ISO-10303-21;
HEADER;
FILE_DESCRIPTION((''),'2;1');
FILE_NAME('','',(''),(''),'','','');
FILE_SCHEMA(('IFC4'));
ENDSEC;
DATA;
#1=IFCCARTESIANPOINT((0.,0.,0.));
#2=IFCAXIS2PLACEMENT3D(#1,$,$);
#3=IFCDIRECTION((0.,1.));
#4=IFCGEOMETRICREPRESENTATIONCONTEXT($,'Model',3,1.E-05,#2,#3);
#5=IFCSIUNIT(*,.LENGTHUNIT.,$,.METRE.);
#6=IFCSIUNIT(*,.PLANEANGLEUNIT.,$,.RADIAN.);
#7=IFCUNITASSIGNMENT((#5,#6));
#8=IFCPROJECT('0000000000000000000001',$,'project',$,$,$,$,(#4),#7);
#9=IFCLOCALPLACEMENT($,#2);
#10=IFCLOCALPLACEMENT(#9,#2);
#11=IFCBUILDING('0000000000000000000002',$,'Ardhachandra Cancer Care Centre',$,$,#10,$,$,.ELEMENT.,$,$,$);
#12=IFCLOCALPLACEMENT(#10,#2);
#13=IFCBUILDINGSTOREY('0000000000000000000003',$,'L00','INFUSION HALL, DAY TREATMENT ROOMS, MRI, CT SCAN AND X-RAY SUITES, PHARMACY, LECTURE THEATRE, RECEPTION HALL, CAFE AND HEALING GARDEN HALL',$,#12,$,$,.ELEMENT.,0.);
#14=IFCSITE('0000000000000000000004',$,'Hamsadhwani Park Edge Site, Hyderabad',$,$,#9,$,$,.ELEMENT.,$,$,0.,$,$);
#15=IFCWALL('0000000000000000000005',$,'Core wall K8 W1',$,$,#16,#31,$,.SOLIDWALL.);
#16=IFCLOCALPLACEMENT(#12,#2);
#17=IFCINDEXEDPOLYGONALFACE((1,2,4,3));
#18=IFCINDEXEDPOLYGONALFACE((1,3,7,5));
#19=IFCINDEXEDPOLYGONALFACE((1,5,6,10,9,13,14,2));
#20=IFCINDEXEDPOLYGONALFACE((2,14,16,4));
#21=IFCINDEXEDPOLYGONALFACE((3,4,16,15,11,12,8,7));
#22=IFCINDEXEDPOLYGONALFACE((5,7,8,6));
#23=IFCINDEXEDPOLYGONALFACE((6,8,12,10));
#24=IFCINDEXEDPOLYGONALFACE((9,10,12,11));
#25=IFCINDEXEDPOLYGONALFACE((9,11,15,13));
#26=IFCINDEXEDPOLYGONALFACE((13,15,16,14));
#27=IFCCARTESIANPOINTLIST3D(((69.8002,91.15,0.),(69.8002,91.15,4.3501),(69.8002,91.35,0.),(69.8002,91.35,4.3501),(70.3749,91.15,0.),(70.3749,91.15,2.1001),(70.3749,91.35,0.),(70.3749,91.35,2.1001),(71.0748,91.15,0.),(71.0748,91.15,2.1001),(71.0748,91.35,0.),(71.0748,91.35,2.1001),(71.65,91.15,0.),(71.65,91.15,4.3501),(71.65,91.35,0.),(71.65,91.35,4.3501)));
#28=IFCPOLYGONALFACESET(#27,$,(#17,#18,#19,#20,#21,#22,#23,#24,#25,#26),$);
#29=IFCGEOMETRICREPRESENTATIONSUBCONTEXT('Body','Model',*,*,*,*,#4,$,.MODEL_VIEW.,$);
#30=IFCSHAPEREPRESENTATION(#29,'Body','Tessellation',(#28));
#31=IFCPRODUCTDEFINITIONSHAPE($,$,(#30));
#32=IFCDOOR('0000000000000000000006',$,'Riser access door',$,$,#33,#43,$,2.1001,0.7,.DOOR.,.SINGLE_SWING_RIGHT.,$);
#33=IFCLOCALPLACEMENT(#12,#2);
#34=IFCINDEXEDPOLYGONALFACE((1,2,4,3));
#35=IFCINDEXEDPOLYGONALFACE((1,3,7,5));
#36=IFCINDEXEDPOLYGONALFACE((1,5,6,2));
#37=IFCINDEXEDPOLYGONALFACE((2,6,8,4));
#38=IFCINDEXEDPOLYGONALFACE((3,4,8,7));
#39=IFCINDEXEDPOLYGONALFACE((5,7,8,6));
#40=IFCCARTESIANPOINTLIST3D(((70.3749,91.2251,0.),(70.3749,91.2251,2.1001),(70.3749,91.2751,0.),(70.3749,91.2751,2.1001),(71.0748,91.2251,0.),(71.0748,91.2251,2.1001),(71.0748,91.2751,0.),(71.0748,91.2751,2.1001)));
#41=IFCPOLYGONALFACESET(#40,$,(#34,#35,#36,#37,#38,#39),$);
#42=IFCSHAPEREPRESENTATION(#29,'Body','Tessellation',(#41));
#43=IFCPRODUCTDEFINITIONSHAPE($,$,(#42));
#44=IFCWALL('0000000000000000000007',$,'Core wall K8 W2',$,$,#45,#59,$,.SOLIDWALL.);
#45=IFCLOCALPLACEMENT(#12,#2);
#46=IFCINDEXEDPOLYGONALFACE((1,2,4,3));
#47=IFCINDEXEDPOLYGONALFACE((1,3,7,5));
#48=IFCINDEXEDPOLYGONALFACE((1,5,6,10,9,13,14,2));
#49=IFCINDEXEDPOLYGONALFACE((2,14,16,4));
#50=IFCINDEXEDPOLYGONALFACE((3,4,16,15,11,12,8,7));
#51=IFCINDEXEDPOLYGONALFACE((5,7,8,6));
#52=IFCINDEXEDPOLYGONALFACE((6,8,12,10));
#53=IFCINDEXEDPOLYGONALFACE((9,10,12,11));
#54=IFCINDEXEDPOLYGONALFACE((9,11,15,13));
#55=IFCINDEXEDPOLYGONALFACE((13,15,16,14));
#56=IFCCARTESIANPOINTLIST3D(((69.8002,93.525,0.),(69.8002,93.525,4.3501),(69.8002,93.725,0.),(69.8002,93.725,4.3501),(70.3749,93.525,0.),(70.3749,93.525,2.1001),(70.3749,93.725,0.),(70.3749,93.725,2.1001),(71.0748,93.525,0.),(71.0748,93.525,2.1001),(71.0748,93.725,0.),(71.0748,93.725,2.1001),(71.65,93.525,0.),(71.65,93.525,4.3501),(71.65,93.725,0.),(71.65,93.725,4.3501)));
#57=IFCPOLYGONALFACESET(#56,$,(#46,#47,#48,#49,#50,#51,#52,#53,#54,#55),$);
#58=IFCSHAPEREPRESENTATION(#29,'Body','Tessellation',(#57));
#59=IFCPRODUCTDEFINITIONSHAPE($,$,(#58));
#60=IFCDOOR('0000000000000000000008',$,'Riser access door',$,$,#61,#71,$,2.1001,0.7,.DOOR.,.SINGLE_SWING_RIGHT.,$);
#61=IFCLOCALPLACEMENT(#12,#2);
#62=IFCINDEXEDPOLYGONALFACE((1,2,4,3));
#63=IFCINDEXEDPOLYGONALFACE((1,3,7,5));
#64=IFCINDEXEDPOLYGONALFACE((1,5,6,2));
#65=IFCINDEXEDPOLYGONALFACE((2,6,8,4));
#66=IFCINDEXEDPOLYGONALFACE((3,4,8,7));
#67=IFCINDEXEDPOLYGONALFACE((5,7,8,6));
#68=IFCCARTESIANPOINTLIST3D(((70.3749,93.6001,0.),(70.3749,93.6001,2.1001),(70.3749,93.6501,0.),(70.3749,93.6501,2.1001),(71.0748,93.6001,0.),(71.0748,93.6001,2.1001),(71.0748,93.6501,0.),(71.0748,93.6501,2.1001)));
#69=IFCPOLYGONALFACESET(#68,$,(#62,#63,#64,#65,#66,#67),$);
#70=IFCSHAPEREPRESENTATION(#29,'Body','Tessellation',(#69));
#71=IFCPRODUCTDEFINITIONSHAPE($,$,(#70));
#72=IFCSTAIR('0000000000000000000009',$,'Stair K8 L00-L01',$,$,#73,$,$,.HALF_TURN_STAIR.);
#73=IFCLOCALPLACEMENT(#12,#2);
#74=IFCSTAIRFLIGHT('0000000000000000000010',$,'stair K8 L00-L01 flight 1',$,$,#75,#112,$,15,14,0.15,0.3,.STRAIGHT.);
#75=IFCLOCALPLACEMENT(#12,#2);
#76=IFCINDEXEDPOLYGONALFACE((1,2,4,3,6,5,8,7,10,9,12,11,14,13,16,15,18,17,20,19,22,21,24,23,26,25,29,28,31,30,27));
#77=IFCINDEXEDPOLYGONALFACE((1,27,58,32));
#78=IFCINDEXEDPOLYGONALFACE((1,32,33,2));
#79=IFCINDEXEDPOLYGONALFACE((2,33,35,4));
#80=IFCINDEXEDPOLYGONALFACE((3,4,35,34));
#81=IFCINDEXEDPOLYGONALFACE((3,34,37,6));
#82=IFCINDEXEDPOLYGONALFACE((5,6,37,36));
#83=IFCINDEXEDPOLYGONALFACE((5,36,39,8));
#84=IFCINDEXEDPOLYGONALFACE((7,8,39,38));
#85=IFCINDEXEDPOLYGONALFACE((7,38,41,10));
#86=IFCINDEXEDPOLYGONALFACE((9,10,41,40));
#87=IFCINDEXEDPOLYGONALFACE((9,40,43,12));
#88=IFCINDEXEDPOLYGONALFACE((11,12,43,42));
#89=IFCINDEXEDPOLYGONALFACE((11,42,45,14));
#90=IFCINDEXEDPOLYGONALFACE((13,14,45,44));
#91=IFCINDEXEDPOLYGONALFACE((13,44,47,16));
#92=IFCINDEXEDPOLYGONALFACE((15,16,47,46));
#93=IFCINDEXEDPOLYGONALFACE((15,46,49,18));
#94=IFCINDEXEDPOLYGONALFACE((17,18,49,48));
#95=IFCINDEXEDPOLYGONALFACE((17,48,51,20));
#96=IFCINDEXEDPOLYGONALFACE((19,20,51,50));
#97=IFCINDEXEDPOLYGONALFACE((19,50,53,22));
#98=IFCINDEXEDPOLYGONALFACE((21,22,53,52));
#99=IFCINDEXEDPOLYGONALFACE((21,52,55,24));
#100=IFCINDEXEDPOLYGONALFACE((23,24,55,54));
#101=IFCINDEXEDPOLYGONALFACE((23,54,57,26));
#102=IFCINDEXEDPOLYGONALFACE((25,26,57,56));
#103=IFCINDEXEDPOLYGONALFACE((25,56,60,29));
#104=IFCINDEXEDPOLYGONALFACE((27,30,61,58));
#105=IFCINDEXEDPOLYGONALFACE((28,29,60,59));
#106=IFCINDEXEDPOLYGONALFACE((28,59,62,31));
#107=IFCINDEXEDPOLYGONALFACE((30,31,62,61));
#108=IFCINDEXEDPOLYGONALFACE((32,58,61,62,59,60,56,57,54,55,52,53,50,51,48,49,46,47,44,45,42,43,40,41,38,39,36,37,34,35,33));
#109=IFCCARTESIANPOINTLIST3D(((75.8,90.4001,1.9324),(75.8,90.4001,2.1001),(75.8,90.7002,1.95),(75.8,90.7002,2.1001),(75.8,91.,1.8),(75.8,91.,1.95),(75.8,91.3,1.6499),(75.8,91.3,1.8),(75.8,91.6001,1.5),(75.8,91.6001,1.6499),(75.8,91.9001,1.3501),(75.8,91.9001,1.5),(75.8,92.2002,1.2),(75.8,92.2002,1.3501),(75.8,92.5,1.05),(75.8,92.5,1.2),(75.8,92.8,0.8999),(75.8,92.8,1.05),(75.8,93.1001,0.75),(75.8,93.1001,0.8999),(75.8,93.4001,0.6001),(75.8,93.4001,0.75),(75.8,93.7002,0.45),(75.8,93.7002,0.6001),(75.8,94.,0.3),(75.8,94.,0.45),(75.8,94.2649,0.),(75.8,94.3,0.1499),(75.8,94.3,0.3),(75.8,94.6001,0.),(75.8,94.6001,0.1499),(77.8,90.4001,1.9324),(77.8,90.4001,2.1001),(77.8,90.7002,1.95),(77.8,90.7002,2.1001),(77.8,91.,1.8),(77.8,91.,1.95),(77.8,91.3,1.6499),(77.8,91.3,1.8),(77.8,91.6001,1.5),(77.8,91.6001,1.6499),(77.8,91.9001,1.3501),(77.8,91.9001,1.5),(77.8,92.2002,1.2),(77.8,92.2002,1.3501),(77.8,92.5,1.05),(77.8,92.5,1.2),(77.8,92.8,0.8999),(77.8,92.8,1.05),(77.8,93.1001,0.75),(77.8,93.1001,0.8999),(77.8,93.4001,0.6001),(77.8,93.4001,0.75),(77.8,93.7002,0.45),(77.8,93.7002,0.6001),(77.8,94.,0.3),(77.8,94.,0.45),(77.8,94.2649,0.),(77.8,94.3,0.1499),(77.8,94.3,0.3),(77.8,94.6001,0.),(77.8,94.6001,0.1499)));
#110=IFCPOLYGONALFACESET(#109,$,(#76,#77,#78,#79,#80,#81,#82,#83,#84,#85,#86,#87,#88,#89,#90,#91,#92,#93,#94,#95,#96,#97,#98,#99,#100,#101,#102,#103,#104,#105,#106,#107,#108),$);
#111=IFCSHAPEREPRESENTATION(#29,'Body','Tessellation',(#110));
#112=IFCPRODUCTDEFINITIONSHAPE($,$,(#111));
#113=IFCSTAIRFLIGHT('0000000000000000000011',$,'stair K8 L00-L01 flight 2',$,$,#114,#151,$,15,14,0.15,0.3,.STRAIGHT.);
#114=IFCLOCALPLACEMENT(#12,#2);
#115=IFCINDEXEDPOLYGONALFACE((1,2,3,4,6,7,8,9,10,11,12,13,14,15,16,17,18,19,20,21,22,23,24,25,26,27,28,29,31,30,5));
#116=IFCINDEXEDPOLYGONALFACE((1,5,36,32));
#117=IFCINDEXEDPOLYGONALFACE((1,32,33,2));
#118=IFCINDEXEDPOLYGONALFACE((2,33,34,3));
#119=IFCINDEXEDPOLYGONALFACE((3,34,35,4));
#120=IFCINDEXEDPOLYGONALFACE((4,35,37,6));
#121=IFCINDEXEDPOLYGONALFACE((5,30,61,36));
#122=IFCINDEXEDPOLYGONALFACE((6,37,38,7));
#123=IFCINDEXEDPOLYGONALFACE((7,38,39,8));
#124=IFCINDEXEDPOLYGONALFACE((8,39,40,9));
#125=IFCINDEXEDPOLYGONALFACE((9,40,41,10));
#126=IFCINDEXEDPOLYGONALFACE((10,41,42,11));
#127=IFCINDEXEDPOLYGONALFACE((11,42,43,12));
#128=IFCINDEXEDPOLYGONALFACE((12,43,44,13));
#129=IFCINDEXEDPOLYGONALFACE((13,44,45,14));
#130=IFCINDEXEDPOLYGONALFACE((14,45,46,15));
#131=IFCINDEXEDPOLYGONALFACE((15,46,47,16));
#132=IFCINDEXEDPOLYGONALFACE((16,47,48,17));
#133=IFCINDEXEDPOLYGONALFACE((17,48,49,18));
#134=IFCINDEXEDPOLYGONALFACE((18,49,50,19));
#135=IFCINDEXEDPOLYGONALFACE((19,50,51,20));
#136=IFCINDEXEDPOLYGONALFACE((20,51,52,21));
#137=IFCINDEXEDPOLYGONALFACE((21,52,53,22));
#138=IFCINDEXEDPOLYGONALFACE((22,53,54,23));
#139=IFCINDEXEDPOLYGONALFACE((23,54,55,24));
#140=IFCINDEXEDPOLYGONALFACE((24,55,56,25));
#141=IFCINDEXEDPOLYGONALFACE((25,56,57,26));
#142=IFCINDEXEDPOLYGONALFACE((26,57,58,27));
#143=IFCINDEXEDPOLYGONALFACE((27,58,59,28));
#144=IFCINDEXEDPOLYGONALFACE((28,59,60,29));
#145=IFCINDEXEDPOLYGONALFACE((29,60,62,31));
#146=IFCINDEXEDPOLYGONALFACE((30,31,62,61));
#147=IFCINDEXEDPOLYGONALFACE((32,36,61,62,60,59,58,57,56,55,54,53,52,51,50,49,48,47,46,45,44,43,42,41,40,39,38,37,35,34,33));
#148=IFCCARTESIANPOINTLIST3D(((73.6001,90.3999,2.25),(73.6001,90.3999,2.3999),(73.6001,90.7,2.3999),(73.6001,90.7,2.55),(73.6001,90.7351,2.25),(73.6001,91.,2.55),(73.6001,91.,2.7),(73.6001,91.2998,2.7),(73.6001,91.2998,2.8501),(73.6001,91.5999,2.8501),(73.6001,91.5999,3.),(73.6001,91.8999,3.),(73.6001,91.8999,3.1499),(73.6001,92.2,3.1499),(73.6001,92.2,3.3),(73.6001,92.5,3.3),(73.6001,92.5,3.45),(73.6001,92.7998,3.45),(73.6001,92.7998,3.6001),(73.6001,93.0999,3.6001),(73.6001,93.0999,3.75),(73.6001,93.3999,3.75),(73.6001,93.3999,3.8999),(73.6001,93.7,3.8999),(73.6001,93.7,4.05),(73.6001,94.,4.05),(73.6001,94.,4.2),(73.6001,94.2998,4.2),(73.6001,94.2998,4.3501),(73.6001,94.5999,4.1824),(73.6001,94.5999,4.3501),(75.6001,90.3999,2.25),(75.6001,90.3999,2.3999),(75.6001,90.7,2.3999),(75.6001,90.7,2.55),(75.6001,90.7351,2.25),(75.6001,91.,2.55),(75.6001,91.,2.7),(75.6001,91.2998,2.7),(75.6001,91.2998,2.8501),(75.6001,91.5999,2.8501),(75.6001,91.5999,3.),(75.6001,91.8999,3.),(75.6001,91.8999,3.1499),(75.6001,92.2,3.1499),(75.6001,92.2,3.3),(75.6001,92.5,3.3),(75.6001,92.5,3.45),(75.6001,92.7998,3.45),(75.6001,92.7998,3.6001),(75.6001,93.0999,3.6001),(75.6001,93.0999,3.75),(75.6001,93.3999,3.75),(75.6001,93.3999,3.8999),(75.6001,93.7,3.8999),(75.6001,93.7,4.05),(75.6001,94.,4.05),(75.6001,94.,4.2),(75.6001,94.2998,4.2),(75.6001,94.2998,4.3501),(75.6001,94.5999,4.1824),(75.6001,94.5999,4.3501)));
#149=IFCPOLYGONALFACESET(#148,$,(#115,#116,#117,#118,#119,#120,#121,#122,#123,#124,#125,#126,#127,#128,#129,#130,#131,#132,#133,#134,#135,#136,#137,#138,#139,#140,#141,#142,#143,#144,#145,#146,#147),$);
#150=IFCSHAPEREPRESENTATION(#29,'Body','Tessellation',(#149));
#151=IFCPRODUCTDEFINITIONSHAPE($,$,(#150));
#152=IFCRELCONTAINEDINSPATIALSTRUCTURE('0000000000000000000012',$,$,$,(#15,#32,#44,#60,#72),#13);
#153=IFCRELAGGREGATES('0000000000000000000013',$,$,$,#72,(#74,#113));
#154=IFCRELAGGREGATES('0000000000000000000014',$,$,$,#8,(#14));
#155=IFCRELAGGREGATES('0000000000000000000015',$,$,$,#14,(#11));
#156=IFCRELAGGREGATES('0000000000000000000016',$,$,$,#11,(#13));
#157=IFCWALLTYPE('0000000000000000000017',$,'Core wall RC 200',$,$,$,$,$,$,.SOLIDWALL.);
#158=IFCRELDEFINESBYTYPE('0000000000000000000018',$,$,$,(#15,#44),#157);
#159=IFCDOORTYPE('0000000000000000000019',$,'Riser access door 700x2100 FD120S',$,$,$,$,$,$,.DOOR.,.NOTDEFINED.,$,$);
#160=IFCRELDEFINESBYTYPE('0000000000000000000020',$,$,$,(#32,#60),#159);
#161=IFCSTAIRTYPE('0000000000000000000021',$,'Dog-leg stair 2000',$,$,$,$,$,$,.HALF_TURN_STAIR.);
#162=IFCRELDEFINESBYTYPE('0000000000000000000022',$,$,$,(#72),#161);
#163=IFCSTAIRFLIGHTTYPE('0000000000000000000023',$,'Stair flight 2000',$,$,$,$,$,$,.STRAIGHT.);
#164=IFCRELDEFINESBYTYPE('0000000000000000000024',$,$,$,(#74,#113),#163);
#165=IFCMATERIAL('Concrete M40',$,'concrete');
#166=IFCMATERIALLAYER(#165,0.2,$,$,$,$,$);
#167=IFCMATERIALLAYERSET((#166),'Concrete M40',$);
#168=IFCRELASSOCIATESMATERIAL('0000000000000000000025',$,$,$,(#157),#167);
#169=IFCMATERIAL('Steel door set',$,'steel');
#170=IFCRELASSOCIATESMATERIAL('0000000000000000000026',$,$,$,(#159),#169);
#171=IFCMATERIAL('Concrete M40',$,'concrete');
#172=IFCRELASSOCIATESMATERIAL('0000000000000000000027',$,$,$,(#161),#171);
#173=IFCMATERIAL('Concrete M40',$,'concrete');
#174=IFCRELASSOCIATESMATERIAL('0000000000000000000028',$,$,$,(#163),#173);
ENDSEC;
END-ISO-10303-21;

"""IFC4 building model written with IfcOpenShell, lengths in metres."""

from ifc_helpers import new_model, si_unit, direction, frame, frame_2d, origin, place, context, subcontext, project, spatial, polyline, rectangle, outline, extrude, material, layer, layer_set, type_object, element, fill, aggregate, save


model = new_model("IFC4")

# Units and contexts
model_context = context("Model", 3, precision=1e-05, world=origin(), true_north=direction((0.0, 1.0)))
body_context = subcontext(model_context, "Body", "Model", "MODEL_VIEW")
ifc_project = project(units=[si_unit("LENGTHUNIT", "METRE"), si_unit("PLANEANGLEUNIT", "RADIAN")], contexts=[model_context])

# Site, building, storey
site_placement = place(None, origin())
site = spatial("IfcSite", under=ifc_project, at=site_placement, Name="Hamsadhwani Park Edge Site, Hyderabad", CompositionType="ELEMENT", RefElevation=0.0)
building_placement = place(site_placement, origin())
building = spatial("IfcBuilding", under=site, at=building_placement, Name="Ardhachandra Cancer Care Centre", CompositionType="ELEMENT")
storey_placement = place(building_placement, origin())
storey = spatial("IfcBuildingStorey", under=building, at=storey_placement, Name="L00", Description="INFUSION HALL, DAY TREATMENT ROOMS, MRI, CT SCAN AND X-RAY SUITES, PHARMACY, LECTURE THEATRE, RECEPTION HALL, CAFE AND HEALING GARDEN HALL", CompositionType="ELEMENT", Elevation=0.0)

# Shared definitions
ifc_material_1 = material(Name="Concrete M40", Category="concrete")
ifc_layer_1 = layer(ifc_material_1, 0.2)
ifc_layer_set_1 = layer_set([ifc_layer_1], Name="Concrete M40")
wall_type_1 = type_object("IfcWallType", Name="Core wall RC 200", PredefinedType="SOLIDWALL", material=ifc_layer_set_1)

# Walls, openings, doors
wall_1_placement = place(storey_placement, frame((71.6499, 91.25, 0.0), z_axis=(0.0, 0.0, 1.0), x_axis=(-1.0, 0.0, 0.0)))
wall_1 = element("IfcWall", 1, at=wall_1_placement, inside=storey, type_object=wall_type_1, Name="Core wall K8 W1", PredefinedType="SOLIDWALL", context=body_context, shape_type="SweptSolid", body=[
    extrude(rectangle(XDim=1.8499, YDim=0.2, at=frame_2d((0.9248, 0.0))), origin(), (0.0, 0.0, 1.0), 4.3501),
])
opening_1_placement = place(wall_1_placement, frame((0.575, 0.0, 0.0)))
opening_1 = element("IfcOpeningElement", 2, at=opening_1_placement, cuts=wall_1, PredefinedType="OPENING", context=body_context, shape_type="SweptSolid", body=[
    extrude(rectangle(XDim=0.7, YDim=2.1001, at=frame_2d((0.3501, 1.05))), frame((0.0, 0.1099, 0.0), z_axis=(0.0, -1.0, 0.0), x_axis=(1.0, 0.0, 0.0)), (0.0, 0.0, 1.0), 0.22),
])
ifc_material_2 = material(Name="Steel door set", Category="steel")
door_type_1 = type_object("IfcDoorType", Name="Riser access door 700x2100 FD120S", OperationType="NOTDEFINED", PredefinedType="DOOR", material=ifc_material_2)
door_1_placement = place(opening_1_placement, origin())
door_1 = element("IfcDoor", 3, at=door_1_placement, inside=storey, type_object=door_type_1, Name="Riser access door", OperationType="SINGLE_SWING_RIGHT", OverallHeight=2.1001, OverallWidth=0.7, PredefinedType="DOOR", context=body_context, shape_type="SweptSolid", body=[
    extrude(rectangle(XDim=0.7, YDim=2.1001, at=frame_2d((0.3501, 1.05))), frame((0.0, 0.0249, 0.0), z_axis=(0.0, -1.0, 0.0), x_axis=(1.0, 0.0, 0.0)), (0.0, 0.0, 1.0), 0.05),
])
fill(opening_1, door_1)
wall_2_placement = place(storey_placement, frame((71.6499, 93.625, 0.0), z_axis=(0.0, 0.0, 1.0), x_axis=(-1.0, 0.0, 0.0)))
wall_2 = element("IfcWall", 4, at=wall_2_placement, inside=storey, type_object=wall_type_1, Name="Core wall K8 W2", PredefinedType="SOLIDWALL", context=body_context, shape_type="SweptSolid", body=[
    extrude(rectangle(XDim=1.8499, YDim=0.2, at=frame_2d((0.9248, 0.0))), origin(), (0.0, 0.0, 1.0), 4.3501),
])
opening_2_placement = place(wall_2_placement, frame((0.575, 0.0, 0.0)))
opening_2 = element("IfcOpeningElement", 5, at=opening_2_placement, cuts=wall_2, PredefinedType="OPENING", context=body_context, shape_type="SweptSolid", body=[
    extrude(rectangle(XDim=0.7, YDim=2.1001, at=frame_2d((0.3501, 1.05))), frame((0.0, 0.1099, 0.0), z_axis=(0.0, -1.0, 0.0), x_axis=(1.0, 0.0, 0.0)), (0.0, 0.0, 1.0), 0.22),
])
door_2_placement = place(opening_2_placement, origin())
door_2 = element("IfcDoor", 6, at=door_2_placement, inside=storey, type_object=door_type_1, Name="Riser access door", OperationType="SINGLE_SWING_RIGHT", OverallHeight=2.1001, OverallWidth=0.7, PredefinedType="DOOR", context=body_context, shape_type="SweptSolid", body=[
    extrude(rectangle(XDim=0.7, YDim=2.1001, at=frame_2d((0.3501, 1.05))), frame((0.0, 0.0249, 0.0), z_axis=(0.0, -1.0, 0.0), x_axis=(1.0, 0.0, 0.0)), (0.0, 0.0, 1.0), 0.05),
])
fill(opening_2, door_2)

# Stair, stair flights
ifc_material_3 = material(Name="Concrete M40", Category="concrete")
stair_type = type_object("IfcStairType", Name="Dog-leg stair 2000", PredefinedType="HALF_TURN_STAIR", material=ifc_material_3)
stair_placement = place(storey_placement, origin())
stair = element("IfcStair", 7, at=stair_placement, inside=storey, type_object=stair_type, Name="Stair K8 L00-L01", PredefinedType="HALF_TURN_STAIR")
ifc_material_4 = material(Name="Concrete M40", Category="concrete")
stair_flight_type = type_object("IfcStairFlightType", Name="Stair flight 2000", PredefinedType="STRAIGHT", material=ifc_material_4)
stair_flight_1_placement = place(storey_placement, frame((76.8, 94.6001, 0.0), z_axis=(0.0, 0.0, 1.0), x_axis=(0.0, -1.0, 0.0)))
stair_flight_1 = element("IfcStairFlight", 8, at=stair_flight_1_placement, type_object=stair_flight_type, Name="stair K8 L00-L01 flight 1", NumberOfRisers=15, NumberOfTreads=14, PredefinedType="STRAIGHT", RiserHeight=0.15, TreadLength=0.3, context=body_context, shape_type="SweptSolid", body=[
    extrude(outline(polyline([(0.0, 0.0), (0.0, 0.1499), (0.3, 0.1499), (0.3, 0.3), (0.6001, 0.3), (0.6001, 0.45), (0.8999, 0.45), (0.8999, 0.6001), (1.2, 0.6001), (1.2, 0.75), (1.5, 0.75), (1.5, 0.8999), (1.8, 0.8999), (1.8, 1.05), (2.1001, 1.05), (2.1001, 1.2), (2.3999, 1.2), (2.3999, 1.3501), (2.7, 1.3501), (2.7, 1.5), (3.0, 1.5), (3.0, 1.6499), (3.3, 1.6499), (3.3, 1.8), (3.6001, 1.8), (3.6001, 1.95), (3.8999, 1.95), (3.8999, 2.1001), (4.2, 2.1001), (4.2, 2.25), (4.2, 1.9324), (0.3352, 0.0), (0.0, 0.0)])), frame((0.0, 1.0, 0.0), z_axis=(0.0, -1.0, 0.0), x_axis=(1.0, 0.0, 0.0)), (0.0, 0.0, 1.0), 2.0),
])
stair_flight_2_placement = place(storey_placement, frame((74.6001, 90.3999, 2.25), z_axis=(0.0, 0.0, 1.0), x_axis=(0.0, 1.0, 0.0)))
stair_flight_2 = element("IfcStairFlight", 9, at=stair_flight_2_placement, type_object=stair_flight_type, Name="stair K8 L00-L01 flight 2", NumberOfRisers=15, NumberOfTreads=14, PredefinedType="STRAIGHT", RiserHeight=0.15, TreadLength=0.3, context=body_context, shape_type="SweptSolid", body=[
    extrude(outline(polyline([(0.0, 0.0), (0.0, 0.1499), (0.3, 0.1499), (0.3, 0.3), (0.6001, 0.3), (0.6001, 0.45), (0.8999, 0.45), (0.8999, 0.6001), (1.2, 0.6001), (1.2, 0.75), (1.5, 0.75), (1.5, 0.8999), (1.8, 0.8999), (1.8, 1.05), (2.1001, 1.05), (2.1001, 1.2), (2.3999, 1.2), (2.3999, 1.3501), (2.7, 1.3501), (2.7, 1.5), (3.0, 1.5), (3.0, 1.6499), (3.3, 1.6499), (3.3, 1.8), (3.6001, 1.8), (3.6001, 1.95), (3.8999, 1.95), (3.8999, 2.1001), (4.2, 2.1001), (4.2, 2.25), (4.2, 1.9324), (0.3352, 0.0), (0.0, 0.0)])), frame((0.0, 1.0, 0.0), z_axis=(0.0, -1.0, 0.0), x_axis=(1.0, 0.0, 0.0)), (0.0, 0.0, 1.0), 2.0),
])
aggregate(stair, [stair_flight_1, stair_flight_2])

save(model, "model.ifc")
